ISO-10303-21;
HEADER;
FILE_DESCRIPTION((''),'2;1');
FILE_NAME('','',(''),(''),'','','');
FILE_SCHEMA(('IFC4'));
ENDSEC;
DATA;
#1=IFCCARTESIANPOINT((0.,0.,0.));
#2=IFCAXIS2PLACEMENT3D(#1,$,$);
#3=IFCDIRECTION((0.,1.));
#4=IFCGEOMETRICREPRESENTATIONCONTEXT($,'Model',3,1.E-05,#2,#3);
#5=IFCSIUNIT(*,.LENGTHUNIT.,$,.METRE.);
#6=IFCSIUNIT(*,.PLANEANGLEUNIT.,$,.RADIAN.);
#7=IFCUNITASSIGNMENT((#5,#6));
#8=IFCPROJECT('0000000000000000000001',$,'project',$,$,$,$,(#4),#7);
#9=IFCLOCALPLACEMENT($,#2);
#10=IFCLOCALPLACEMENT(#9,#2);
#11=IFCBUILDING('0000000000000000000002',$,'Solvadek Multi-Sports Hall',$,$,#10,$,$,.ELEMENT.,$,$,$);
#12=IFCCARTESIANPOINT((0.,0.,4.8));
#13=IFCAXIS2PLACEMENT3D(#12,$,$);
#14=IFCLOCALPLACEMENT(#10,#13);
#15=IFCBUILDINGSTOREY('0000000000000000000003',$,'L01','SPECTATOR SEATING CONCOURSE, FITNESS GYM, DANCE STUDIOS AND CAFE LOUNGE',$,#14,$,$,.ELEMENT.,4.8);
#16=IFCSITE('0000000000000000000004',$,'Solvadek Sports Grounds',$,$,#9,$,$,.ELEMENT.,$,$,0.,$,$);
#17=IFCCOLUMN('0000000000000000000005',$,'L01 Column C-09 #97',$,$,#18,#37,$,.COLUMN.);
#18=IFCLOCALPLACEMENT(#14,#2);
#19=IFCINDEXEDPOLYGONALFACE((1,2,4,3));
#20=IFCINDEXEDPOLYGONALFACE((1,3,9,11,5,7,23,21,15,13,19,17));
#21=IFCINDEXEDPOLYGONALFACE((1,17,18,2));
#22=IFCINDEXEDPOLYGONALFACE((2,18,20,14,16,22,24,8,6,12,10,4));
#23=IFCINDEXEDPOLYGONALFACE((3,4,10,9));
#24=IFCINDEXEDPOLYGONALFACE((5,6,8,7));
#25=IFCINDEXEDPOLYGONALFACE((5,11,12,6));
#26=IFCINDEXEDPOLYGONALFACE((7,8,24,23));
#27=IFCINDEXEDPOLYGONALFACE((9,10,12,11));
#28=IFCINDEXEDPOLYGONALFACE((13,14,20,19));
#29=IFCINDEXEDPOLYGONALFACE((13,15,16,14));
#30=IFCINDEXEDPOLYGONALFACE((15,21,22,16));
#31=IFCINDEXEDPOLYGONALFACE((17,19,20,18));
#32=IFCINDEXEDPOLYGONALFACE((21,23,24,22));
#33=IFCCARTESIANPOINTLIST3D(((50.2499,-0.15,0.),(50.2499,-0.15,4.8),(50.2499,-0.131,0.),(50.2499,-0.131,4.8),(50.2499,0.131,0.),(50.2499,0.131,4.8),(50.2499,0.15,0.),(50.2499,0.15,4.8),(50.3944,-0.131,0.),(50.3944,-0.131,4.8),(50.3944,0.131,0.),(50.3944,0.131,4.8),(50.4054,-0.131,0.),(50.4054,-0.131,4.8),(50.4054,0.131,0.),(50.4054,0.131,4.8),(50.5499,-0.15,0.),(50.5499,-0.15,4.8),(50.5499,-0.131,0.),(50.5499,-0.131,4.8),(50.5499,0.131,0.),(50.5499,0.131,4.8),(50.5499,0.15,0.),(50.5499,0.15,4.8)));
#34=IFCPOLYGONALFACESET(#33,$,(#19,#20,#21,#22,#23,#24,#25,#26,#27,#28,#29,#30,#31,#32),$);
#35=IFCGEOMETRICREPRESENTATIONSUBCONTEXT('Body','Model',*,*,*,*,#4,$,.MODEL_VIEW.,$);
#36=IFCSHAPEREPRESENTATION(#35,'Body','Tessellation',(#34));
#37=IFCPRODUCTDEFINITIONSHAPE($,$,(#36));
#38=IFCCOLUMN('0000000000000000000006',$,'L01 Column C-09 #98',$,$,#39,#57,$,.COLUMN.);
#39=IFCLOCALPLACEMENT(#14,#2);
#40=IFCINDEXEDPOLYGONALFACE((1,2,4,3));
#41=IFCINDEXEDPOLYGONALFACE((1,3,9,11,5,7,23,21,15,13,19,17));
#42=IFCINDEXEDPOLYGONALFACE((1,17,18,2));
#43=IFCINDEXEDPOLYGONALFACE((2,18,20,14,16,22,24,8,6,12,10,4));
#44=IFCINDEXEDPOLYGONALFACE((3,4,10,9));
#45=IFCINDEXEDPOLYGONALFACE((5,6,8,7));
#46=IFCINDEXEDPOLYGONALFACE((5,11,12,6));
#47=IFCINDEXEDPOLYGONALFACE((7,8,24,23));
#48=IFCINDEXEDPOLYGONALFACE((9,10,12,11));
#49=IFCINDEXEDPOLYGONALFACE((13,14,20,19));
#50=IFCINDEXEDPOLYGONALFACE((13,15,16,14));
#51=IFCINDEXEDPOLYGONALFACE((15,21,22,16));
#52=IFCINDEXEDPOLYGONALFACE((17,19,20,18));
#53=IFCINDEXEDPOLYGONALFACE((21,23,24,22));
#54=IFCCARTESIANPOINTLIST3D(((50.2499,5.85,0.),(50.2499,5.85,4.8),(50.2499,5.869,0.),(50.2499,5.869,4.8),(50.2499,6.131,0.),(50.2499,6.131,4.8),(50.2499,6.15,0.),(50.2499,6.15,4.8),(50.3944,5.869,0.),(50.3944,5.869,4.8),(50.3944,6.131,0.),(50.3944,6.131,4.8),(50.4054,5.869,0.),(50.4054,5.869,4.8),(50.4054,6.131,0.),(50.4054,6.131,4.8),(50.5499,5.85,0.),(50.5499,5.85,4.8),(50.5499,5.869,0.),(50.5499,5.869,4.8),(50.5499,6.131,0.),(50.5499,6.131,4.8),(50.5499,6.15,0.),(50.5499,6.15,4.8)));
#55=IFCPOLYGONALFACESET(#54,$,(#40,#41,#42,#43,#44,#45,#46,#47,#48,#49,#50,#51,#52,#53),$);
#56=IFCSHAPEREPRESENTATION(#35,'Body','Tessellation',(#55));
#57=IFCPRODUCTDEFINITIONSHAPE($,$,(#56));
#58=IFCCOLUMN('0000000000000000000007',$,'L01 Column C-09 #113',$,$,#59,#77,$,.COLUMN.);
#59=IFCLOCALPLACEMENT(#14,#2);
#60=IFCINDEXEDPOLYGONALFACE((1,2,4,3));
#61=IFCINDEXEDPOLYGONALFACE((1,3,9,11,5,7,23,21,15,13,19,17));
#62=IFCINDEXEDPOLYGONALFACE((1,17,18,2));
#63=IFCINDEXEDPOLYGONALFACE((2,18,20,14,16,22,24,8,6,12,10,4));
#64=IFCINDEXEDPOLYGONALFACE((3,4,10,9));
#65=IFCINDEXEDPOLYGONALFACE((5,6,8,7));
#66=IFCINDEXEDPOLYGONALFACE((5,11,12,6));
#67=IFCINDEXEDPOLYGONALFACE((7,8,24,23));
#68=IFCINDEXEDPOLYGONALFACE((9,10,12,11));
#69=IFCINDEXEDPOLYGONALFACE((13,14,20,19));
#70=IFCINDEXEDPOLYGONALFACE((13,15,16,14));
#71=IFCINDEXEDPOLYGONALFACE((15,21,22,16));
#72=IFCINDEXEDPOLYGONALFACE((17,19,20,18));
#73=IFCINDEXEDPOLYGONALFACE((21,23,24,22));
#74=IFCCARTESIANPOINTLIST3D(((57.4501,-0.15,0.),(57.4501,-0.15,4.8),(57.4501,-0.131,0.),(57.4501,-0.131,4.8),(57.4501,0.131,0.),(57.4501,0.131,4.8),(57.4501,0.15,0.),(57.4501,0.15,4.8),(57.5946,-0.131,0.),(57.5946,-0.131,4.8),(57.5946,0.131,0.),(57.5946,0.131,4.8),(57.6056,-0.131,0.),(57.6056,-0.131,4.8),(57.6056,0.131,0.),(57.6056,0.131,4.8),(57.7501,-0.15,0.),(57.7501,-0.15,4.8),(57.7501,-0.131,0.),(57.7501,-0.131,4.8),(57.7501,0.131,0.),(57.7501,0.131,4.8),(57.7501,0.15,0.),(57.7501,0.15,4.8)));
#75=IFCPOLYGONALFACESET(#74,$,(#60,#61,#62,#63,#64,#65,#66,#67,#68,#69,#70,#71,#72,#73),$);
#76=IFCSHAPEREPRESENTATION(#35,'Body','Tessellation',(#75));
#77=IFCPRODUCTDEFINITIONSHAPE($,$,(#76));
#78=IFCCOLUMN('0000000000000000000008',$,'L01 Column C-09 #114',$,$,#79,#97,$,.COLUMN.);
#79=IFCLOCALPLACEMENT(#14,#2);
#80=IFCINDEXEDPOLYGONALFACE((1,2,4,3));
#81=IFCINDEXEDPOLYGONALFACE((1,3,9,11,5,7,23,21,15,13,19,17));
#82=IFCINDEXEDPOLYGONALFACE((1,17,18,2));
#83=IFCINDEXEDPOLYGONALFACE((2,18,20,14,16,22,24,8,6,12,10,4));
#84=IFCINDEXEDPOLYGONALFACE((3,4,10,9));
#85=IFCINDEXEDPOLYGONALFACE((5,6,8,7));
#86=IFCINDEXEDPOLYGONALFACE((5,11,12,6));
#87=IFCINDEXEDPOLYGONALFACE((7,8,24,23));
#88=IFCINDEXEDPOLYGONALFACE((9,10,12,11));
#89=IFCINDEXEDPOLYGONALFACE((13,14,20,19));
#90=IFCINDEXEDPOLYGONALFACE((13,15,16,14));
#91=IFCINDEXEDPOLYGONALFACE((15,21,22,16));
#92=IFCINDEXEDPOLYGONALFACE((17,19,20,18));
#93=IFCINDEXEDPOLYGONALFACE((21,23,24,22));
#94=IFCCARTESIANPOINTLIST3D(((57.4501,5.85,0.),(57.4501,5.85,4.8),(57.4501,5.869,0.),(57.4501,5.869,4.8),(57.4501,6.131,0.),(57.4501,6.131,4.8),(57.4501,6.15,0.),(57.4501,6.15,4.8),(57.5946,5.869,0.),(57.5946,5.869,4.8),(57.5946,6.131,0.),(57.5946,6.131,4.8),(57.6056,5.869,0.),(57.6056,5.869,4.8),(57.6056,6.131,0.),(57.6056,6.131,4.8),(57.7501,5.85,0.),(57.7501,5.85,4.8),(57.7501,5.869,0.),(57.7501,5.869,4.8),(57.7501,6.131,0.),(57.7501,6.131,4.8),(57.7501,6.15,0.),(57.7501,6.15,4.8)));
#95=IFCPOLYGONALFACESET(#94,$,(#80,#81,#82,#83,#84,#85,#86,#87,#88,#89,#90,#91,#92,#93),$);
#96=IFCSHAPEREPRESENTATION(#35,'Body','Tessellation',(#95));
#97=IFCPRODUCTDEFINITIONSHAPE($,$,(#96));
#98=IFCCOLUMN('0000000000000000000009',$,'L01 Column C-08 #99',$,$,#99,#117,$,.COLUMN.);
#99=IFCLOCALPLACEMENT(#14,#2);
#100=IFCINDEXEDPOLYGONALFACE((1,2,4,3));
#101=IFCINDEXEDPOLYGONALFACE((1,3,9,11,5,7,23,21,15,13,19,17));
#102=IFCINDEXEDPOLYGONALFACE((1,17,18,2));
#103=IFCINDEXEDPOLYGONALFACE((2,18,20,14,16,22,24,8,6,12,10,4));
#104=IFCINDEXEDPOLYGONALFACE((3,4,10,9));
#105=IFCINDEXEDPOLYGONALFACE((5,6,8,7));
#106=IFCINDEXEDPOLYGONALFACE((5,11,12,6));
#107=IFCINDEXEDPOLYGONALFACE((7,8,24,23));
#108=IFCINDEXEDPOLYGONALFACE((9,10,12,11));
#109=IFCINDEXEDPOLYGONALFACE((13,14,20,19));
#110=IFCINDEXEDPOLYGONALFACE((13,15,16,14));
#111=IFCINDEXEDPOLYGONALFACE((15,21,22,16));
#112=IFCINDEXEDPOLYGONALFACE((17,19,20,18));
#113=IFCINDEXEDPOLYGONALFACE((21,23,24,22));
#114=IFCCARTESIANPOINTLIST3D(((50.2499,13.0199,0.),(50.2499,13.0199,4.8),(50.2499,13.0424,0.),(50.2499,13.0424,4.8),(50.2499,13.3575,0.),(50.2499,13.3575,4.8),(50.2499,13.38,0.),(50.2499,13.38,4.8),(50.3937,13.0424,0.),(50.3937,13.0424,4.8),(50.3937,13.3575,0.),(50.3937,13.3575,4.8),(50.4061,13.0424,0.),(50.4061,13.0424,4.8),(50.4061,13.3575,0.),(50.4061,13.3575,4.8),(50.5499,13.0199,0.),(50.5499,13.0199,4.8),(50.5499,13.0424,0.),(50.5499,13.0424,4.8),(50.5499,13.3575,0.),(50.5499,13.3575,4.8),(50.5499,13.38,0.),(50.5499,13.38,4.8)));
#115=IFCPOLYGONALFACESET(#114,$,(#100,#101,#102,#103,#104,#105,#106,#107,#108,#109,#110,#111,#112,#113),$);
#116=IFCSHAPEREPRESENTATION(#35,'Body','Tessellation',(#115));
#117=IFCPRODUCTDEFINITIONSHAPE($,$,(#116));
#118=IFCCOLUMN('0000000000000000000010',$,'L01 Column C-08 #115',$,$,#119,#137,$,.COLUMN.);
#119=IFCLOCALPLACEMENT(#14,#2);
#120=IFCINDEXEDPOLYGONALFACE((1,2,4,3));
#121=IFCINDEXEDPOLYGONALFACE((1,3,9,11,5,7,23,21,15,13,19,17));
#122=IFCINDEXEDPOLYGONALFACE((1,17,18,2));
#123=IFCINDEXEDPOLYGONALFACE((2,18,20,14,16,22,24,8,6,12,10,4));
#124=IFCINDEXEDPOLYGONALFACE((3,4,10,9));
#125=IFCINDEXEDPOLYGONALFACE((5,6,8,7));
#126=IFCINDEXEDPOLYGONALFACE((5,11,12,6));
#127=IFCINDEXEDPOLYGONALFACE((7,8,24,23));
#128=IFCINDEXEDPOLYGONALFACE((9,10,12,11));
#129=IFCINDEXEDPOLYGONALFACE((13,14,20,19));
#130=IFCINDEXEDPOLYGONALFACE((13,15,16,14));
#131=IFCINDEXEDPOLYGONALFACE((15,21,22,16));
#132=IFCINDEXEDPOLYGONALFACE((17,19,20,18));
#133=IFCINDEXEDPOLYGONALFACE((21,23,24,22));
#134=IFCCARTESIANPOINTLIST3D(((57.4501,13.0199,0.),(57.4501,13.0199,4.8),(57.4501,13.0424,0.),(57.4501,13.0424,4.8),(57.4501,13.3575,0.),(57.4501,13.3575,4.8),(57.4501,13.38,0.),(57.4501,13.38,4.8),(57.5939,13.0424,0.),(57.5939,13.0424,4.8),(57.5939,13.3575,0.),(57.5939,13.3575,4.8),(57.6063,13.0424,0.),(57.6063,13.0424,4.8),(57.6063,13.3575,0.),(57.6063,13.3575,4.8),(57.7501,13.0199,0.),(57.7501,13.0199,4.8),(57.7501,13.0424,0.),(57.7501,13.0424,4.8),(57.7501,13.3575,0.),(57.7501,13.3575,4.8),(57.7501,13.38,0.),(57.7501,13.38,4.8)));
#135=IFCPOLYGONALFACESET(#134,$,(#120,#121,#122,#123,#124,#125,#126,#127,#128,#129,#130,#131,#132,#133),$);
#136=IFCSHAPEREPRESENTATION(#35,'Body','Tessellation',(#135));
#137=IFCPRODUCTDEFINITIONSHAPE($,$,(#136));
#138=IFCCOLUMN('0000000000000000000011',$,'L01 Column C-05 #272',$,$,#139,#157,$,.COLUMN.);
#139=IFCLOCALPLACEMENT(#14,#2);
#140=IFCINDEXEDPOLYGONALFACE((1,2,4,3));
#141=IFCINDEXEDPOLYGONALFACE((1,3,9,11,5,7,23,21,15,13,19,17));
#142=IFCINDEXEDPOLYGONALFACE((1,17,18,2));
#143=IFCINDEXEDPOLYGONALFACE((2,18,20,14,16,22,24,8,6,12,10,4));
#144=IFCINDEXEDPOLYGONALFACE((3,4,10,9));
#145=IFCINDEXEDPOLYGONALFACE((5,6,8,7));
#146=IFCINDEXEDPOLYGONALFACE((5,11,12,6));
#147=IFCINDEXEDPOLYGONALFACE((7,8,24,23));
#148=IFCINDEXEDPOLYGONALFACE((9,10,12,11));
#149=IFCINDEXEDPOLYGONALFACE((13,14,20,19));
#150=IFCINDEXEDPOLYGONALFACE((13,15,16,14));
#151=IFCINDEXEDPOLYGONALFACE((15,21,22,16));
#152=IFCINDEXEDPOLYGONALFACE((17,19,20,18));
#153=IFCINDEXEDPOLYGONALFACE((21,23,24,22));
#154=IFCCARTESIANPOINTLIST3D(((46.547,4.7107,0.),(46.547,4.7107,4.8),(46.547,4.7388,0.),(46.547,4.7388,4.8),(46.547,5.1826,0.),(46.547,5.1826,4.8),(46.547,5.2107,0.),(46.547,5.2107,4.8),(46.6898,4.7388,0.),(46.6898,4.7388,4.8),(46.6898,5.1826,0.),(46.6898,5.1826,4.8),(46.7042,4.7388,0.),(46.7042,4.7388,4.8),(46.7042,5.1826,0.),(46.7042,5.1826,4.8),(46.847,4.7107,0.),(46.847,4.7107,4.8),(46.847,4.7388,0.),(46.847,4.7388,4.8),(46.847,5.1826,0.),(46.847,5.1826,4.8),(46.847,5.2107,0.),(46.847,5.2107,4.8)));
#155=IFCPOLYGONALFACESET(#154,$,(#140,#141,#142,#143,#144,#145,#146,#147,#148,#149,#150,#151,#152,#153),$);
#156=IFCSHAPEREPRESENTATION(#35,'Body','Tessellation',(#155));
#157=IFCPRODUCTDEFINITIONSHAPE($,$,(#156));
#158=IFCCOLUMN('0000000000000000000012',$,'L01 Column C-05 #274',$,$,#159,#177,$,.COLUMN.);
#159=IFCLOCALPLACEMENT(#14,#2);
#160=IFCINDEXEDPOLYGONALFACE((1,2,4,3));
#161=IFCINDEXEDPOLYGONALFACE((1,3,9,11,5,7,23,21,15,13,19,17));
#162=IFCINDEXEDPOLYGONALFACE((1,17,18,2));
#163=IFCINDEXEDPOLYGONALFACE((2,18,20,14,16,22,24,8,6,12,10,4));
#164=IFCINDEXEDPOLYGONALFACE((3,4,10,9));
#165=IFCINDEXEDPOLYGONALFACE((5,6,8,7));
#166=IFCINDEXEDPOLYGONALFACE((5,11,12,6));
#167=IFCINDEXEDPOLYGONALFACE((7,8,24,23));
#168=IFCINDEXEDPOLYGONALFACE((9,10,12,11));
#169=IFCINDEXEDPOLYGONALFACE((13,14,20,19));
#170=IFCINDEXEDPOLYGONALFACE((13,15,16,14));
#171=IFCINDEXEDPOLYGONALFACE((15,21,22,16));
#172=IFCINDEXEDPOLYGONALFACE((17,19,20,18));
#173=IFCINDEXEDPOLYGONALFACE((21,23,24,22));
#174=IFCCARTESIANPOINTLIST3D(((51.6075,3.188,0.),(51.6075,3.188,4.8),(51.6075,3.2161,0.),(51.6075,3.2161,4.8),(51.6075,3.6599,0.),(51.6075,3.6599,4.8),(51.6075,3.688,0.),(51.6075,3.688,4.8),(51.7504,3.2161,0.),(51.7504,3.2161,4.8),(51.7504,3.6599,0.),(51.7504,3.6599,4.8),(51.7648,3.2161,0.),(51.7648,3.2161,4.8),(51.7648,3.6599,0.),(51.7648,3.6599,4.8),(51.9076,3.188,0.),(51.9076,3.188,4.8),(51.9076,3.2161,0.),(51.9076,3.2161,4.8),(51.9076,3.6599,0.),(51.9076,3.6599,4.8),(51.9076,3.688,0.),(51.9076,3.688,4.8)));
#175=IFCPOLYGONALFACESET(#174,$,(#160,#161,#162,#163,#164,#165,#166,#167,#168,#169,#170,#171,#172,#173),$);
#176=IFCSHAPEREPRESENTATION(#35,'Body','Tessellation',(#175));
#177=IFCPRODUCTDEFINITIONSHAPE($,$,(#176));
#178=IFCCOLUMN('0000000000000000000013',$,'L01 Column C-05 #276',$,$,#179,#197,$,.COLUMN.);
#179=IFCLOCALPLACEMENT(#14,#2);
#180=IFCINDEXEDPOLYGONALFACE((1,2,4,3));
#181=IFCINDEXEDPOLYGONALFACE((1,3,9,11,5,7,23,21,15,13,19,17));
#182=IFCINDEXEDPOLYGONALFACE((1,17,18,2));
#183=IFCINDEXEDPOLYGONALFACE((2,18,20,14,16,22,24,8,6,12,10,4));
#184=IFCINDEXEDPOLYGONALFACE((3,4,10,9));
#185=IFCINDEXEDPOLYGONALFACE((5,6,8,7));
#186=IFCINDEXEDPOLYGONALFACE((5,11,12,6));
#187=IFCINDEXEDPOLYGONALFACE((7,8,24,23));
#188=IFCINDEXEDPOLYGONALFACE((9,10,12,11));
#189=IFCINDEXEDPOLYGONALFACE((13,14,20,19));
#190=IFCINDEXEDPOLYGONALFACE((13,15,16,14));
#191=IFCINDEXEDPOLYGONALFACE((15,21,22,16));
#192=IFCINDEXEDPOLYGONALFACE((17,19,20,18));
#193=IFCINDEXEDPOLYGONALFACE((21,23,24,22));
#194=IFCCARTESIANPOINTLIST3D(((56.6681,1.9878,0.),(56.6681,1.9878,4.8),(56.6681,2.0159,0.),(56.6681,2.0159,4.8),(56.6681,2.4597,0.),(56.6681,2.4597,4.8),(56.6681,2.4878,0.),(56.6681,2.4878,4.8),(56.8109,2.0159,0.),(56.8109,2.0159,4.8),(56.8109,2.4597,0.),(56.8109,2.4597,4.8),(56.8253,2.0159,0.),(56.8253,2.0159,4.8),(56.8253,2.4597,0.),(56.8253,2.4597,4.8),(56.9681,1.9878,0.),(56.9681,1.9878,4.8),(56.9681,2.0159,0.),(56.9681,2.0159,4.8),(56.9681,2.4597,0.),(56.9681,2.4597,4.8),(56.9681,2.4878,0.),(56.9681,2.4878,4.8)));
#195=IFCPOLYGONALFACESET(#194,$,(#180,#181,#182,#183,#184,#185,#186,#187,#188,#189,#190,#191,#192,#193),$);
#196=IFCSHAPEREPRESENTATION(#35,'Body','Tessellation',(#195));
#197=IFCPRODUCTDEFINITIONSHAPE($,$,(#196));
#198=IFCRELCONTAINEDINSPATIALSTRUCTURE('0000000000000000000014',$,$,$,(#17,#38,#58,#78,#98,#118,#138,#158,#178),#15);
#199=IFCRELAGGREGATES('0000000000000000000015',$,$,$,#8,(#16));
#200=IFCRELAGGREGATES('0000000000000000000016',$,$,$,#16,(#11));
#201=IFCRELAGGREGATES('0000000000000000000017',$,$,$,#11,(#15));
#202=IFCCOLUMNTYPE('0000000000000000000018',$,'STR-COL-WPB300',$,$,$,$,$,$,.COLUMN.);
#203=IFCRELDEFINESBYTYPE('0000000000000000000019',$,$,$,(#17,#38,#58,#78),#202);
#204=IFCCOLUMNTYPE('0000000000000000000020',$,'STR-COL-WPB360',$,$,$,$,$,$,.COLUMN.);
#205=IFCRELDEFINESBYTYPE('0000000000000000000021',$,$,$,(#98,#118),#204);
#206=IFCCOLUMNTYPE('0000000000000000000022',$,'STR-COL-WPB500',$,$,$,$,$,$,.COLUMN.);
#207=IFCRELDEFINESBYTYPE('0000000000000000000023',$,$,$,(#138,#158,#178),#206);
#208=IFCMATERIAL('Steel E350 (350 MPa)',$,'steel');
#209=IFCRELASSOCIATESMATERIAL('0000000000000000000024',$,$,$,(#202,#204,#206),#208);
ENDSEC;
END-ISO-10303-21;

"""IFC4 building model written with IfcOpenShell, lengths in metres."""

from ifc_helpers import new_model, si_unit, direction, frame, origin, origin_2d, place, context, subcontext, project, spatial, i_section, extrude, material, material_profile, profile_set, type_object, element, save


model = new_model("IFC4")

# Units and contexts
model_context = context("Model", 3, precision=1e-05, world=origin(), true_north=direction((0.0, 1.0)))
body_context = subcontext(model_context, "Body", "Model", "MODEL_VIEW")
ifc_project = project(units=[si_unit("LENGTHUNIT", "METRE"), si_unit("PLANEANGLEUNIT", "RADIAN")], contexts=[model_context])

# Site, building, storey
site_placement = place(None, origin())
site = spatial("IfcSite", under=ifc_project, at=site_placement, Name="Solvadek Sports Grounds", CompositionType="ELEMENT", RefElevation=0.0)
building_placement = place(site_placement, origin())
building = spatial("IfcBuilding", under=site, at=building_placement, Name="Solvadek Multi-Sports Hall", CompositionType="ELEMENT")
storey_placement = place(building_placement, frame((0.0, 0.0, 4.8)))
storey = spatial("IfcBuildingStorey", under=building, at=storey_placement, Name="L01", Description="SPECTATOR SEATING CONCOURSE, FITNESS GYM, DANCE STUDIOS AND CAFE LOUNGE", CompositionType="ELEMENT", Elevation=4.8)

# Columns
ifc_material = material(Name="Steel E350 (350 MPa)", Category="steel")
ifc_material_profile_1 = material_profile(ifc_material, i_section(OverallWidth=0.3, OverallDepth=0.3, WebThickness=0.011, FlangeThickness=0.019, at=origin_2d()), Name="WPB 300")
ifc_profile_set_1 = profile_set([ifc_material_profile_1], Name="Steel E350 (350 MPa)")
column_type_1 = type_object("IfcColumnType", Name="STR-COL-WPB300", PredefinedType="COLUMN", material=ifc_profile_set_1)
for number, where, z_axis, x_axis, name in (
    (1, (50.3999, 0.0, 0.0), (0.0, 0.0, 1.0), (1.0, 0.0, 0.0), "L01 Column C-09 #97"),
    (2, (50.3999, 6.0, 0.0), (0.0, 0.0, 1.0), (1.0, 0.0, 0.0), "L01 Column C-09 #98"),
    (3, (57.6001, 0.0, 0.0), (0.0, 0.0, 1.0), (1.0, 0.0, 0.0), "L01 Column C-09 #113"),
    (4, (57.6001, 6.0, 0.0), (0.0, 0.0, 1.0), (1.0, 0.0, 0.0), "L01 Column C-09 #114"),
):
    element("IfcColumn", number, at=place(storey_placement, frame(where, z_axis=z_axis, x_axis=x_axis)), inside=storey, type_object=column_type_1, Name=name, PredefinedType="COLUMN", context=body_context, shape_type="SweptSolid", body=[
        extrude(i_section(OverallWidth=0.3, OverallDepth=0.3, WebThickness=0.011, FlangeThickness=0.019, at=origin_2d()), origin(), (0.0, 0.0, 1.0), 4.8),
    ])
ifc_material_profile_2 = material_profile(ifc_material, i_section(OverallWidth=0.3, OverallDepth=0.3601, WebThickness=0.0125, FlangeThickness=0.0225, at=origin_2d()), Name="WPB 360")
ifc_profile_set_2 = profile_set([ifc_material_profile_2], Name="Steel E350 (350 MPa)")
column_type_2 = type_object("IfcColumnType", Name="STR-COL-WPB360", PredefinedType="COLUMN", material=ifc_profile_set_2)
for number, where, z_axis, x_axis, name in (
    (5, (50.3999, 13.2, 0.0), (0.0, 0.0, 1.0), (1.0, 0.0, 0.0), "L01 Column C-08 #99"),
    (6, (57.6001, 13.2, 0.0), (0.0, 0.0, 1.0), (1.0, 0.0, 0.0), "L01 Column C-08 #115"),
):
    element("IfcColumn", number, at=place(storey_placement, frame(where, z_axis=z_axis, x_axis=x_axis)), inside=storey, type_object=column_type_2, Name=name, PredefinedType="COLUMN", context=body_context, shape_type="SweptSolid", body=[
        extrude(i_section(OverallWidth=0.3, OverallDepth=0.3601, WebThickness=0.0125, FlangeThickness=0.0225, at=origin_2d()), origin(), (0.0, 0.0, 1.0), 4.8),
    ])
ifc_material_profile_3 = material_profile(ifc_material, i_section(OverallWidth=0.3, OverallDepth=0.5, WebThickness=0.0144, FlangeThickness=0.0281, at=origin_2d()), Name="WPB 500")
ifc_profile_set_3 = profile_set([ifc_material_profile_3], Name="Steel E350 (350 MPa)")
column_type_3 = type_object("IfcColumnType", Name="STR-COL-WPB500", PredefinedType="COLUMN", material=ifc_profile_set_3)
for number, where, z_axis, x_axis, name in (
    (7, (46.697, 4.9607, 0.0), (0.0, 0.0, 1.0), (1.0, 0.0, 0.0), "L01 Column C-05 #272"),
    (8, (51.7576, 3.438, 0.0), (0.0, 0.0, 1.0), (1.0, 0.0, 0.0), "L01 Column C-05 #274"),
    (9, (56.8181, 2.2378, 0.0), (0.0, 0.0, 1.0), (1.0, 0.0, 0.0), "L01 Column C-05 #276"),
):
    element("IfcColumn", number, at=place(storey_placement, frame(where, z_axis=z_axis, x_axis=x_axis)), inside=storey, type_object=column_type_3, Name=name, PredefinedType="COLUMN", context=body_context, shape_type="SweptSolid", body=[
        extrude(i_section(OverallWidth=0.3, OverallDepth=0.5, WebThickness=0.0144, FlangeThickness=0.0281, at=origin_2d()), origin(), (0.0, 0.0, 1.0), 4.8),
    ])

save(model, "model.ifc")
